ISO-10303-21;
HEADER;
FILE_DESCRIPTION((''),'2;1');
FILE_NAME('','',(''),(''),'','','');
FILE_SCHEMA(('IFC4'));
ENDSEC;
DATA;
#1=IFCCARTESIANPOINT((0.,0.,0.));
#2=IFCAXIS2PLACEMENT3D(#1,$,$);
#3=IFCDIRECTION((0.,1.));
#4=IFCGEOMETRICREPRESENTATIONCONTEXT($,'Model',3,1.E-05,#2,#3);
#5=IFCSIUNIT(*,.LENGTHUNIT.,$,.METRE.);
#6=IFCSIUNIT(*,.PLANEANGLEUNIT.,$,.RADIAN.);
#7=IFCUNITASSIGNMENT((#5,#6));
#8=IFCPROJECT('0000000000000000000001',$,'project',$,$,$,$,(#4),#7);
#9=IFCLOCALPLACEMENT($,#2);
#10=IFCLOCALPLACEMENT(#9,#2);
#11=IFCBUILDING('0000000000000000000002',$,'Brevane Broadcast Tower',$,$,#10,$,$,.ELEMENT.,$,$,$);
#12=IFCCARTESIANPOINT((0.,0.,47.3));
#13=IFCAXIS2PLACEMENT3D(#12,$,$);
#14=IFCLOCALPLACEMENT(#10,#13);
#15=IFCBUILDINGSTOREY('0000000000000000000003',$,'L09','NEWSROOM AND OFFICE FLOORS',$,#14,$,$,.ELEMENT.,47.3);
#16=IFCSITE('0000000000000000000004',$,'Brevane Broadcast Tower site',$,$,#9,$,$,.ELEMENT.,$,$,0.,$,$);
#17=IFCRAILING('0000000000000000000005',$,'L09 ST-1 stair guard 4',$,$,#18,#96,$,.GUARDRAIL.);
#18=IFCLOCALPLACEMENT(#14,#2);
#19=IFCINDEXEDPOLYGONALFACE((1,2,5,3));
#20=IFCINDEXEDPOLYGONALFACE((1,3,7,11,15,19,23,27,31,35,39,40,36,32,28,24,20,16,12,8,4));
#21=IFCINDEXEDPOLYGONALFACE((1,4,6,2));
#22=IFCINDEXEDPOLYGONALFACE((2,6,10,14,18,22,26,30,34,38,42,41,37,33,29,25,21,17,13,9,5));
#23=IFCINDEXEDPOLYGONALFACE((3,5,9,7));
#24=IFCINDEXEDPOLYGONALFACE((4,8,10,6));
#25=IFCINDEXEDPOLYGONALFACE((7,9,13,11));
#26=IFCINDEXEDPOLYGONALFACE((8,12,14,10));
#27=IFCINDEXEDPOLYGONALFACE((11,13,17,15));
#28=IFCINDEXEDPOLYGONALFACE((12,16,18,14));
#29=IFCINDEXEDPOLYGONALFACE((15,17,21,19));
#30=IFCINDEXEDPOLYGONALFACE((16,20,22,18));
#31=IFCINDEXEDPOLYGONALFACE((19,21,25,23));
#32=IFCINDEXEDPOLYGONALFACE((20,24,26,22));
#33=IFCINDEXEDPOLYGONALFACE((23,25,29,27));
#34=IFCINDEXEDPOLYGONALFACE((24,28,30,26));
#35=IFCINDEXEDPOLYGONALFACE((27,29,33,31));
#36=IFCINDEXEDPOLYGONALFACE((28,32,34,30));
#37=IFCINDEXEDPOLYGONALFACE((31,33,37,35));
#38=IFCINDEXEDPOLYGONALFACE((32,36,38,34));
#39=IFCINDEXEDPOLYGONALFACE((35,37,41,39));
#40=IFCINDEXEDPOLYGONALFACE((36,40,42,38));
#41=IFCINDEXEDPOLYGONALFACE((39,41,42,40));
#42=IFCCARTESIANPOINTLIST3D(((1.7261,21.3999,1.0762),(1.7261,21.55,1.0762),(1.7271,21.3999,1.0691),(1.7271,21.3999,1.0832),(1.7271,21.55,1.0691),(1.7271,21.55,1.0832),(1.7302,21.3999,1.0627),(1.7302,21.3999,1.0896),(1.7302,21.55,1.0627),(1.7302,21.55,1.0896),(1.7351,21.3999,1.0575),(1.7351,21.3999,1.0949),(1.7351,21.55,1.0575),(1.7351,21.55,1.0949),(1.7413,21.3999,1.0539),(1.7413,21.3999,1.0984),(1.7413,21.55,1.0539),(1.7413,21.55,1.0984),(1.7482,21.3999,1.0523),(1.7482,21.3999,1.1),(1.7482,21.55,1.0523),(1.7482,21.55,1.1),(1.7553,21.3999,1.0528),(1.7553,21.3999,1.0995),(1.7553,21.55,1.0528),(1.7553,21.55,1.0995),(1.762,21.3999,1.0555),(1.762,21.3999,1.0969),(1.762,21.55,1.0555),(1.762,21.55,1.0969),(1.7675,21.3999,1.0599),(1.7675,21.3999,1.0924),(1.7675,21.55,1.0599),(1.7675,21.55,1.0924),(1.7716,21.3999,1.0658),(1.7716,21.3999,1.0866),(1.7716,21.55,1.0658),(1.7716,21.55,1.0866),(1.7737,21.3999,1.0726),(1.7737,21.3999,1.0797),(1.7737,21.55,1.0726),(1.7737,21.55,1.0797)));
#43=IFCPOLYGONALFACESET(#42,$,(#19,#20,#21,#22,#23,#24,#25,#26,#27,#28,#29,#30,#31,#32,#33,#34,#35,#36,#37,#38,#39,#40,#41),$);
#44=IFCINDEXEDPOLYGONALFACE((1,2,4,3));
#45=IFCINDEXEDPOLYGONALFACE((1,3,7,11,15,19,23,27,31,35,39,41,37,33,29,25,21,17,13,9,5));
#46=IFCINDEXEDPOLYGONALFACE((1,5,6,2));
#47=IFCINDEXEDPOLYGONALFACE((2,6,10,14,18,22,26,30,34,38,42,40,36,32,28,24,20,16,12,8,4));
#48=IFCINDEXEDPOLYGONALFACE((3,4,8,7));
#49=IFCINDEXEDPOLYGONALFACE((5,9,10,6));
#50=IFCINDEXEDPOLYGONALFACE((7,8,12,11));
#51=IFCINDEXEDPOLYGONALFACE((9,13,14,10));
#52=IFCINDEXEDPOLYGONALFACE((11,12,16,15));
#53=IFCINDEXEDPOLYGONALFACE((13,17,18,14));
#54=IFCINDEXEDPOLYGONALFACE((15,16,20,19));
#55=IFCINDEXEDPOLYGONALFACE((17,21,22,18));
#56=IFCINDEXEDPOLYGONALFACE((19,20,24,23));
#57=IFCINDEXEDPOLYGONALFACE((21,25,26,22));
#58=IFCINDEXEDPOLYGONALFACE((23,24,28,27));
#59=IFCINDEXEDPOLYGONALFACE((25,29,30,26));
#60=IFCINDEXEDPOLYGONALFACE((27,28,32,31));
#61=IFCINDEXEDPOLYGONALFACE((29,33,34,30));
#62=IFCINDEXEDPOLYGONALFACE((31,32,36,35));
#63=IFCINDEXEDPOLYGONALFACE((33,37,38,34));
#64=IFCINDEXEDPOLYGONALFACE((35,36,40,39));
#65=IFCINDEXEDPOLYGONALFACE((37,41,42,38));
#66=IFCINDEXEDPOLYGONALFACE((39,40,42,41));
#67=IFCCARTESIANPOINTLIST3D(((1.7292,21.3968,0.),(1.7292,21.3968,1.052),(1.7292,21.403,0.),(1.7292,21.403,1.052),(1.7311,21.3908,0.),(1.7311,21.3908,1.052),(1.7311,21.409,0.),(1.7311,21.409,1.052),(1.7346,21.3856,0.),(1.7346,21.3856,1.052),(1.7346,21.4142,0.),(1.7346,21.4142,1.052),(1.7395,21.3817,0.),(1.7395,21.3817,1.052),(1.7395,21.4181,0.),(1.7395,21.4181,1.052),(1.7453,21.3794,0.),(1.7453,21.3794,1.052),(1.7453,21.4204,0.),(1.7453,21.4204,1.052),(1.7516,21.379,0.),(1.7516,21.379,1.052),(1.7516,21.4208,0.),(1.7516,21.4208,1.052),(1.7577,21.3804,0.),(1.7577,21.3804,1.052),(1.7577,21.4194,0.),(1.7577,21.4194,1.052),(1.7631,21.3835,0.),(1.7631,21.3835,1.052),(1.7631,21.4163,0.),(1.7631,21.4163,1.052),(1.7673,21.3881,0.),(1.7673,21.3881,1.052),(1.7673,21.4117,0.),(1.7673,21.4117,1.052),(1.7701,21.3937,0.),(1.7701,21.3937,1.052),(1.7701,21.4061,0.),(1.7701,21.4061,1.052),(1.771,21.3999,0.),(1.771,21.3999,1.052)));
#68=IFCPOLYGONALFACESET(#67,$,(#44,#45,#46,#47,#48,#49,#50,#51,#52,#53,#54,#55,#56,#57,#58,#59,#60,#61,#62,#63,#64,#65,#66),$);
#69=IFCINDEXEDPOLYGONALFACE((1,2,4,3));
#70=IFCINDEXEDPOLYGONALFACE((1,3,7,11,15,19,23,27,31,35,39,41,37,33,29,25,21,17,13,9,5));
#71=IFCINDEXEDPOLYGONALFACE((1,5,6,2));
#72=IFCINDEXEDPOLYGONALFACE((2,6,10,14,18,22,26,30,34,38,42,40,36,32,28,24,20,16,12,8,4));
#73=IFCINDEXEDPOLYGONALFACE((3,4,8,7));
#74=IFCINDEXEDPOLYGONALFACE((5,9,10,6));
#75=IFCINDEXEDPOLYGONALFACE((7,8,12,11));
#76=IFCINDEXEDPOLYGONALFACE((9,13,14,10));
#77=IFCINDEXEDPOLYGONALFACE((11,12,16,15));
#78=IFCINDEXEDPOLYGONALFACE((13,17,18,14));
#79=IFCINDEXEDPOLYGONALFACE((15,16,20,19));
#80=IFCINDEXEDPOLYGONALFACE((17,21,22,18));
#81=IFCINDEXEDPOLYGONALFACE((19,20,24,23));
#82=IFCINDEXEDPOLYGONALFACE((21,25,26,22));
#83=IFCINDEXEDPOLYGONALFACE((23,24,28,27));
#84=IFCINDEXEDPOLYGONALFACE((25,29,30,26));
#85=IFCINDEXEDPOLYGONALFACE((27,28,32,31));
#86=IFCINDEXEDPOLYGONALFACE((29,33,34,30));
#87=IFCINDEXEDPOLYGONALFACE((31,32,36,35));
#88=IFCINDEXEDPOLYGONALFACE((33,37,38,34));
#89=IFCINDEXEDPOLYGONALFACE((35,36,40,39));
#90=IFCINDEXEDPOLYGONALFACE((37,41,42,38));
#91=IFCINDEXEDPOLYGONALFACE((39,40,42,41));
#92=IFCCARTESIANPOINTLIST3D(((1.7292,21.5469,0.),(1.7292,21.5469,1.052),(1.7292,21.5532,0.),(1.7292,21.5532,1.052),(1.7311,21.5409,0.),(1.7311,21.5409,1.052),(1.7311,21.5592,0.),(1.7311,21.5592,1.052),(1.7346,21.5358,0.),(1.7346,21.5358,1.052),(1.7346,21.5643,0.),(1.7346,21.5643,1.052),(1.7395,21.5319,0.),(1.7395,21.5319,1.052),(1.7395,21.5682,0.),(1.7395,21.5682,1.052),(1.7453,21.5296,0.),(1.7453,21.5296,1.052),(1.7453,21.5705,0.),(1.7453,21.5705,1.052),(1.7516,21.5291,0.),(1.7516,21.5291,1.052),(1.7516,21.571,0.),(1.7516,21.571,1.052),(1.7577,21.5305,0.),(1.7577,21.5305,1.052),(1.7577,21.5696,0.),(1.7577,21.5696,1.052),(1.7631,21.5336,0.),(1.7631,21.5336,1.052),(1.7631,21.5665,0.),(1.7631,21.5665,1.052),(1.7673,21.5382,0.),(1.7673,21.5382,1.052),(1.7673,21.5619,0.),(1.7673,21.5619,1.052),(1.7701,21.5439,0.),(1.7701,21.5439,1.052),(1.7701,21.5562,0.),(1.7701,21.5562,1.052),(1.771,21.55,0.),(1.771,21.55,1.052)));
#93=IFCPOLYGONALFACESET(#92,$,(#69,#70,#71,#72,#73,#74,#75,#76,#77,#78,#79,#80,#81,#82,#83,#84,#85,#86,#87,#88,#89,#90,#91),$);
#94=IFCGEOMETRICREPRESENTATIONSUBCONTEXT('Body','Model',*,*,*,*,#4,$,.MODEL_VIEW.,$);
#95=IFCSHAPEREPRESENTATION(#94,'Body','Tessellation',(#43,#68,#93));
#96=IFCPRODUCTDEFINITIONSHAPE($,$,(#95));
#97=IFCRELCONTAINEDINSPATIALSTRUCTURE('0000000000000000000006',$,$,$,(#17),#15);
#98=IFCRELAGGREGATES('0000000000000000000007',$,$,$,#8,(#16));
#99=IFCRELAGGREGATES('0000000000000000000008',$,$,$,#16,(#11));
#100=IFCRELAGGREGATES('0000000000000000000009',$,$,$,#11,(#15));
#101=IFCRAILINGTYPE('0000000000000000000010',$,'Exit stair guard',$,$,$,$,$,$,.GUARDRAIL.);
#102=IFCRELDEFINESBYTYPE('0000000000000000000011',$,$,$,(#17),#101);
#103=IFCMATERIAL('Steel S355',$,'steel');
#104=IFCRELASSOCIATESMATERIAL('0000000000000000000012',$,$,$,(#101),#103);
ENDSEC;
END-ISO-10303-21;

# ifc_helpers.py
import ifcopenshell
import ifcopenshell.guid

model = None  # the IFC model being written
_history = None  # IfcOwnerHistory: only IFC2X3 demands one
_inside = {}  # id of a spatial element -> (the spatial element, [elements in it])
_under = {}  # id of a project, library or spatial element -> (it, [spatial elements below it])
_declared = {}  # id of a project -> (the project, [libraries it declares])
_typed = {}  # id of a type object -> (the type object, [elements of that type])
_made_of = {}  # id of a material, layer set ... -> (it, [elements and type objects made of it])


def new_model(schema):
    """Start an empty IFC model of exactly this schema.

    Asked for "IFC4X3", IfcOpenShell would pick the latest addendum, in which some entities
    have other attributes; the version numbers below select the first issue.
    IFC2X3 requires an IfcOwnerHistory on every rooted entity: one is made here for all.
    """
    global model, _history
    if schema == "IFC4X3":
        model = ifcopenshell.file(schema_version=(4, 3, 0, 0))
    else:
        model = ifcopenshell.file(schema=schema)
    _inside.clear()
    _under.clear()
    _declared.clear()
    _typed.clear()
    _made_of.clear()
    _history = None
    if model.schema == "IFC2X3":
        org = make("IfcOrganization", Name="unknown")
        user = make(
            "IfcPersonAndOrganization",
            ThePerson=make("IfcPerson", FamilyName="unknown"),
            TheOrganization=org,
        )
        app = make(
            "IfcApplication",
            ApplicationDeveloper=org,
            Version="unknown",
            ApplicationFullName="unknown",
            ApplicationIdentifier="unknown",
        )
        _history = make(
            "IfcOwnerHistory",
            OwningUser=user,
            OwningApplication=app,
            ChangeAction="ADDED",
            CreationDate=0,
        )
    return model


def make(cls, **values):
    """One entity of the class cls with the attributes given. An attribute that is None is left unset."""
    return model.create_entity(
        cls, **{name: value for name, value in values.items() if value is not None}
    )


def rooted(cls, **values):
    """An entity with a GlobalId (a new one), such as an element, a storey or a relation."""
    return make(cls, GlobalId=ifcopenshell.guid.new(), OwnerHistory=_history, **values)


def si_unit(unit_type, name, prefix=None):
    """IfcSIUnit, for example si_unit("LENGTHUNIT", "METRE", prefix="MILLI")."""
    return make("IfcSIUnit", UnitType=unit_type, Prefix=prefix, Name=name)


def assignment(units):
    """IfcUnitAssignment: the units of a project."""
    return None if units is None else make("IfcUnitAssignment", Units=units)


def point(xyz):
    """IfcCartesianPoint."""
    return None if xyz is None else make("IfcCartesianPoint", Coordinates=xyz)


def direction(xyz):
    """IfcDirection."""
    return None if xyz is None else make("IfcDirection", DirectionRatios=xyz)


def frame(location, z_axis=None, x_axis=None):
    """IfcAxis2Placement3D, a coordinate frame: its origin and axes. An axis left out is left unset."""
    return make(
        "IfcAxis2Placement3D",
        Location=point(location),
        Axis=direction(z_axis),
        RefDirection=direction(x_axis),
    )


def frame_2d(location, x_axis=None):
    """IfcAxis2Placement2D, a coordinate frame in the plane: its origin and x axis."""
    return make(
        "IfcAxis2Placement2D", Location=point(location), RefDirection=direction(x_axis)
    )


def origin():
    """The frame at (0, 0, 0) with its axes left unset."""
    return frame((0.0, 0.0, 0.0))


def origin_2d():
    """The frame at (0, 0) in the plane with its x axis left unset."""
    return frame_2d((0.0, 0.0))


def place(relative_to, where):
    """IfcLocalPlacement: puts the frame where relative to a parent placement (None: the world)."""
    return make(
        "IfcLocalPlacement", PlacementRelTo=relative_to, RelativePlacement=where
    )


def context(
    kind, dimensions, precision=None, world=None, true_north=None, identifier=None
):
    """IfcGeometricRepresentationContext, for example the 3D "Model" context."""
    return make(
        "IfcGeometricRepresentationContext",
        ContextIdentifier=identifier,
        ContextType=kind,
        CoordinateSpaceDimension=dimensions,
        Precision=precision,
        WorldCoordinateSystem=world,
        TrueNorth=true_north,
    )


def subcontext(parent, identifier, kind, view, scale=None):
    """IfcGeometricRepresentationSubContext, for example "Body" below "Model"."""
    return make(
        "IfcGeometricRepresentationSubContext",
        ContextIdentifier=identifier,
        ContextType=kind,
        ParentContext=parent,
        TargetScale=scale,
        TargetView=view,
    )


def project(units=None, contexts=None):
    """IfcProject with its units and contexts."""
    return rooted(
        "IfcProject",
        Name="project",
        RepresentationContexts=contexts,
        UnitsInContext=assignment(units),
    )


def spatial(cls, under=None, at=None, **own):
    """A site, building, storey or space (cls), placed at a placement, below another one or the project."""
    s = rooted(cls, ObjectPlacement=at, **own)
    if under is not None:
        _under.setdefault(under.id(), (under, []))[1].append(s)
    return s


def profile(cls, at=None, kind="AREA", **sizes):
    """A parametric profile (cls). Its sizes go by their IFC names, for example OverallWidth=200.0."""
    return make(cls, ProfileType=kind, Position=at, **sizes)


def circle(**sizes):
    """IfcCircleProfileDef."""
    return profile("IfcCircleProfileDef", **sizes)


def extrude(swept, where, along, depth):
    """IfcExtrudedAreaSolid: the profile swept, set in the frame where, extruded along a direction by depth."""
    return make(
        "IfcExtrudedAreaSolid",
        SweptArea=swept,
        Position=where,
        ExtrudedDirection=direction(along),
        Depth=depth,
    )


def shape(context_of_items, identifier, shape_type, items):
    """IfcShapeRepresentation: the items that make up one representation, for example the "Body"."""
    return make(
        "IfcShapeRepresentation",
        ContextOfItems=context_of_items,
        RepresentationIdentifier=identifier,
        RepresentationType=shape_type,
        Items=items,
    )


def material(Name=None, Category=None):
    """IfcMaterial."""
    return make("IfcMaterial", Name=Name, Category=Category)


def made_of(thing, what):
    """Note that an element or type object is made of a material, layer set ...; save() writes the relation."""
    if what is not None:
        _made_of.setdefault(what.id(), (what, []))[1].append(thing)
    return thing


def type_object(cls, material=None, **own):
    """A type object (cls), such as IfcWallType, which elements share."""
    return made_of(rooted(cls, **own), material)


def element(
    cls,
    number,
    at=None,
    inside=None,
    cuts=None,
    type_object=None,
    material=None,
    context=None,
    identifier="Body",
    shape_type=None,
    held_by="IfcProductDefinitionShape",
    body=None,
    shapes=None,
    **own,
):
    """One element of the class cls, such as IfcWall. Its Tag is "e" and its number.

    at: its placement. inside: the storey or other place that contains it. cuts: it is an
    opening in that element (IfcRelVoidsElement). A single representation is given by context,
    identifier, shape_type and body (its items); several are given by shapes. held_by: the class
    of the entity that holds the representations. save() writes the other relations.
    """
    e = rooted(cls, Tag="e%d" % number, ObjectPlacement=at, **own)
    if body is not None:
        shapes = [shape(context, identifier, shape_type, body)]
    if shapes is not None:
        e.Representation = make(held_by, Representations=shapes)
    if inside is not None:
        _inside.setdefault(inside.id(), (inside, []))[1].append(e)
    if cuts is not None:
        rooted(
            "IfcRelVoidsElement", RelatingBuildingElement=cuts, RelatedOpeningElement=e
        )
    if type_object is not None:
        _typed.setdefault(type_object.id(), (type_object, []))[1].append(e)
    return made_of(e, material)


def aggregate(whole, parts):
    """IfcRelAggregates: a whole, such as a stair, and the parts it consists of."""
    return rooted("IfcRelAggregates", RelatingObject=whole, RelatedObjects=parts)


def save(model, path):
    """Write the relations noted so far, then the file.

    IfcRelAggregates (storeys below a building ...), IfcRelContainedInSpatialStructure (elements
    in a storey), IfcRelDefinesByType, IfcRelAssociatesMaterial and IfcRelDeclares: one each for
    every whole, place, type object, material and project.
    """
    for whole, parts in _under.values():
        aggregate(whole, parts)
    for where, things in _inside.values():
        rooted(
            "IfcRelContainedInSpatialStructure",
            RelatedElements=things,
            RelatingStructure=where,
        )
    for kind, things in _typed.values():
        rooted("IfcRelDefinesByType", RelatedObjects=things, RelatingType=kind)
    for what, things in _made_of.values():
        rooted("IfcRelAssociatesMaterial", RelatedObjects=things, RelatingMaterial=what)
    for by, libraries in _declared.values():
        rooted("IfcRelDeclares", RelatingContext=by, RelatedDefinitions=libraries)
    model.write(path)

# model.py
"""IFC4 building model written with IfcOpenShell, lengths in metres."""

from ifc_helpers import new_model, si_unit, direction, frame, origin, origin_2d, place, context, subcontext, project, spatial, circle, extrude, material, type_object, element, save


model = new_model("IFC4")

# Units and contexts
model_context = context("Model", 3, precision=1e-05, world=origin(), true_north=direction((0.0, 1.0)))
body_context = subcontext(model_context, "Body", "Model", "MODEL_VIEW")
ifc_project = project(units=[si_unit("LENGTHUNIT", "METRE"), si_unit("PLANEANGLEUNIT", "RADIAN")], contexts=[model_context])

# Site, building, storey
site_placement = place(None, origin())
site = spatial("IfcSite", under=ifc_project, at=site_placement, Name="Brevane Broadcast Tower site", CompositionType="ELEMENT", RefElevation=0.0)
building_placement = place(site_placement, origin())
building = spatial("IfcBuilding", under=site, at=building_placement, Name="Brevane Broadcast Tower", CompositionType="ELEMENT")
storey_placement = place(building_placement, frame((0.0, 0.0, 47.3)))
storey = spatial("IfcBuildingStorey", under=building, at=storey_placement, Name="L09", Description="NEWSROOM AND OFFICE FLOORS", CompositionType="ELEMENT", Elevation=47.3)

# Railing
ifc_material_1 = material(Name="Steel S355", Category="steel")
railing_type_1 = type_object("IfcRailingType", Name="Exit stair guard", PredefinedType="GUARDRAIL", material=ifc_material_1)
railing_1_placement = place(storey_placement, frame((1.75, 21.3999, 0.0)))
element("IfcRailing", 1, at=railing_1_placement, inside=storey, type_object=railing_type_1, Name="L09 ST-1 stair guard 4", PredefinedType="GUARDRAIL", context=body_context, shape_type="SweptSolid", body=[
    extrude(circle(Radius=0.0239, at=origin_2d()), frame((0.0, 0.0, 1.0762), z_axis=(0.0, 1.0, 0.0), x_axis=(-1.0, 0.0, 0.0)), (0.0, 0.0, 1.0), 0.1501),
    extrude(circle(Radius=0.021, at=origin_2d()), origin(), (0.0, 0.0, 1.0), 1.052),
    extrude(circle(Radius=0.021, at=origin_2d()), frame((0.0, 0.1501, 0.0)), (0.0, 0.0, 1.0), 1.052),
])

save(model, "model.ifc")
